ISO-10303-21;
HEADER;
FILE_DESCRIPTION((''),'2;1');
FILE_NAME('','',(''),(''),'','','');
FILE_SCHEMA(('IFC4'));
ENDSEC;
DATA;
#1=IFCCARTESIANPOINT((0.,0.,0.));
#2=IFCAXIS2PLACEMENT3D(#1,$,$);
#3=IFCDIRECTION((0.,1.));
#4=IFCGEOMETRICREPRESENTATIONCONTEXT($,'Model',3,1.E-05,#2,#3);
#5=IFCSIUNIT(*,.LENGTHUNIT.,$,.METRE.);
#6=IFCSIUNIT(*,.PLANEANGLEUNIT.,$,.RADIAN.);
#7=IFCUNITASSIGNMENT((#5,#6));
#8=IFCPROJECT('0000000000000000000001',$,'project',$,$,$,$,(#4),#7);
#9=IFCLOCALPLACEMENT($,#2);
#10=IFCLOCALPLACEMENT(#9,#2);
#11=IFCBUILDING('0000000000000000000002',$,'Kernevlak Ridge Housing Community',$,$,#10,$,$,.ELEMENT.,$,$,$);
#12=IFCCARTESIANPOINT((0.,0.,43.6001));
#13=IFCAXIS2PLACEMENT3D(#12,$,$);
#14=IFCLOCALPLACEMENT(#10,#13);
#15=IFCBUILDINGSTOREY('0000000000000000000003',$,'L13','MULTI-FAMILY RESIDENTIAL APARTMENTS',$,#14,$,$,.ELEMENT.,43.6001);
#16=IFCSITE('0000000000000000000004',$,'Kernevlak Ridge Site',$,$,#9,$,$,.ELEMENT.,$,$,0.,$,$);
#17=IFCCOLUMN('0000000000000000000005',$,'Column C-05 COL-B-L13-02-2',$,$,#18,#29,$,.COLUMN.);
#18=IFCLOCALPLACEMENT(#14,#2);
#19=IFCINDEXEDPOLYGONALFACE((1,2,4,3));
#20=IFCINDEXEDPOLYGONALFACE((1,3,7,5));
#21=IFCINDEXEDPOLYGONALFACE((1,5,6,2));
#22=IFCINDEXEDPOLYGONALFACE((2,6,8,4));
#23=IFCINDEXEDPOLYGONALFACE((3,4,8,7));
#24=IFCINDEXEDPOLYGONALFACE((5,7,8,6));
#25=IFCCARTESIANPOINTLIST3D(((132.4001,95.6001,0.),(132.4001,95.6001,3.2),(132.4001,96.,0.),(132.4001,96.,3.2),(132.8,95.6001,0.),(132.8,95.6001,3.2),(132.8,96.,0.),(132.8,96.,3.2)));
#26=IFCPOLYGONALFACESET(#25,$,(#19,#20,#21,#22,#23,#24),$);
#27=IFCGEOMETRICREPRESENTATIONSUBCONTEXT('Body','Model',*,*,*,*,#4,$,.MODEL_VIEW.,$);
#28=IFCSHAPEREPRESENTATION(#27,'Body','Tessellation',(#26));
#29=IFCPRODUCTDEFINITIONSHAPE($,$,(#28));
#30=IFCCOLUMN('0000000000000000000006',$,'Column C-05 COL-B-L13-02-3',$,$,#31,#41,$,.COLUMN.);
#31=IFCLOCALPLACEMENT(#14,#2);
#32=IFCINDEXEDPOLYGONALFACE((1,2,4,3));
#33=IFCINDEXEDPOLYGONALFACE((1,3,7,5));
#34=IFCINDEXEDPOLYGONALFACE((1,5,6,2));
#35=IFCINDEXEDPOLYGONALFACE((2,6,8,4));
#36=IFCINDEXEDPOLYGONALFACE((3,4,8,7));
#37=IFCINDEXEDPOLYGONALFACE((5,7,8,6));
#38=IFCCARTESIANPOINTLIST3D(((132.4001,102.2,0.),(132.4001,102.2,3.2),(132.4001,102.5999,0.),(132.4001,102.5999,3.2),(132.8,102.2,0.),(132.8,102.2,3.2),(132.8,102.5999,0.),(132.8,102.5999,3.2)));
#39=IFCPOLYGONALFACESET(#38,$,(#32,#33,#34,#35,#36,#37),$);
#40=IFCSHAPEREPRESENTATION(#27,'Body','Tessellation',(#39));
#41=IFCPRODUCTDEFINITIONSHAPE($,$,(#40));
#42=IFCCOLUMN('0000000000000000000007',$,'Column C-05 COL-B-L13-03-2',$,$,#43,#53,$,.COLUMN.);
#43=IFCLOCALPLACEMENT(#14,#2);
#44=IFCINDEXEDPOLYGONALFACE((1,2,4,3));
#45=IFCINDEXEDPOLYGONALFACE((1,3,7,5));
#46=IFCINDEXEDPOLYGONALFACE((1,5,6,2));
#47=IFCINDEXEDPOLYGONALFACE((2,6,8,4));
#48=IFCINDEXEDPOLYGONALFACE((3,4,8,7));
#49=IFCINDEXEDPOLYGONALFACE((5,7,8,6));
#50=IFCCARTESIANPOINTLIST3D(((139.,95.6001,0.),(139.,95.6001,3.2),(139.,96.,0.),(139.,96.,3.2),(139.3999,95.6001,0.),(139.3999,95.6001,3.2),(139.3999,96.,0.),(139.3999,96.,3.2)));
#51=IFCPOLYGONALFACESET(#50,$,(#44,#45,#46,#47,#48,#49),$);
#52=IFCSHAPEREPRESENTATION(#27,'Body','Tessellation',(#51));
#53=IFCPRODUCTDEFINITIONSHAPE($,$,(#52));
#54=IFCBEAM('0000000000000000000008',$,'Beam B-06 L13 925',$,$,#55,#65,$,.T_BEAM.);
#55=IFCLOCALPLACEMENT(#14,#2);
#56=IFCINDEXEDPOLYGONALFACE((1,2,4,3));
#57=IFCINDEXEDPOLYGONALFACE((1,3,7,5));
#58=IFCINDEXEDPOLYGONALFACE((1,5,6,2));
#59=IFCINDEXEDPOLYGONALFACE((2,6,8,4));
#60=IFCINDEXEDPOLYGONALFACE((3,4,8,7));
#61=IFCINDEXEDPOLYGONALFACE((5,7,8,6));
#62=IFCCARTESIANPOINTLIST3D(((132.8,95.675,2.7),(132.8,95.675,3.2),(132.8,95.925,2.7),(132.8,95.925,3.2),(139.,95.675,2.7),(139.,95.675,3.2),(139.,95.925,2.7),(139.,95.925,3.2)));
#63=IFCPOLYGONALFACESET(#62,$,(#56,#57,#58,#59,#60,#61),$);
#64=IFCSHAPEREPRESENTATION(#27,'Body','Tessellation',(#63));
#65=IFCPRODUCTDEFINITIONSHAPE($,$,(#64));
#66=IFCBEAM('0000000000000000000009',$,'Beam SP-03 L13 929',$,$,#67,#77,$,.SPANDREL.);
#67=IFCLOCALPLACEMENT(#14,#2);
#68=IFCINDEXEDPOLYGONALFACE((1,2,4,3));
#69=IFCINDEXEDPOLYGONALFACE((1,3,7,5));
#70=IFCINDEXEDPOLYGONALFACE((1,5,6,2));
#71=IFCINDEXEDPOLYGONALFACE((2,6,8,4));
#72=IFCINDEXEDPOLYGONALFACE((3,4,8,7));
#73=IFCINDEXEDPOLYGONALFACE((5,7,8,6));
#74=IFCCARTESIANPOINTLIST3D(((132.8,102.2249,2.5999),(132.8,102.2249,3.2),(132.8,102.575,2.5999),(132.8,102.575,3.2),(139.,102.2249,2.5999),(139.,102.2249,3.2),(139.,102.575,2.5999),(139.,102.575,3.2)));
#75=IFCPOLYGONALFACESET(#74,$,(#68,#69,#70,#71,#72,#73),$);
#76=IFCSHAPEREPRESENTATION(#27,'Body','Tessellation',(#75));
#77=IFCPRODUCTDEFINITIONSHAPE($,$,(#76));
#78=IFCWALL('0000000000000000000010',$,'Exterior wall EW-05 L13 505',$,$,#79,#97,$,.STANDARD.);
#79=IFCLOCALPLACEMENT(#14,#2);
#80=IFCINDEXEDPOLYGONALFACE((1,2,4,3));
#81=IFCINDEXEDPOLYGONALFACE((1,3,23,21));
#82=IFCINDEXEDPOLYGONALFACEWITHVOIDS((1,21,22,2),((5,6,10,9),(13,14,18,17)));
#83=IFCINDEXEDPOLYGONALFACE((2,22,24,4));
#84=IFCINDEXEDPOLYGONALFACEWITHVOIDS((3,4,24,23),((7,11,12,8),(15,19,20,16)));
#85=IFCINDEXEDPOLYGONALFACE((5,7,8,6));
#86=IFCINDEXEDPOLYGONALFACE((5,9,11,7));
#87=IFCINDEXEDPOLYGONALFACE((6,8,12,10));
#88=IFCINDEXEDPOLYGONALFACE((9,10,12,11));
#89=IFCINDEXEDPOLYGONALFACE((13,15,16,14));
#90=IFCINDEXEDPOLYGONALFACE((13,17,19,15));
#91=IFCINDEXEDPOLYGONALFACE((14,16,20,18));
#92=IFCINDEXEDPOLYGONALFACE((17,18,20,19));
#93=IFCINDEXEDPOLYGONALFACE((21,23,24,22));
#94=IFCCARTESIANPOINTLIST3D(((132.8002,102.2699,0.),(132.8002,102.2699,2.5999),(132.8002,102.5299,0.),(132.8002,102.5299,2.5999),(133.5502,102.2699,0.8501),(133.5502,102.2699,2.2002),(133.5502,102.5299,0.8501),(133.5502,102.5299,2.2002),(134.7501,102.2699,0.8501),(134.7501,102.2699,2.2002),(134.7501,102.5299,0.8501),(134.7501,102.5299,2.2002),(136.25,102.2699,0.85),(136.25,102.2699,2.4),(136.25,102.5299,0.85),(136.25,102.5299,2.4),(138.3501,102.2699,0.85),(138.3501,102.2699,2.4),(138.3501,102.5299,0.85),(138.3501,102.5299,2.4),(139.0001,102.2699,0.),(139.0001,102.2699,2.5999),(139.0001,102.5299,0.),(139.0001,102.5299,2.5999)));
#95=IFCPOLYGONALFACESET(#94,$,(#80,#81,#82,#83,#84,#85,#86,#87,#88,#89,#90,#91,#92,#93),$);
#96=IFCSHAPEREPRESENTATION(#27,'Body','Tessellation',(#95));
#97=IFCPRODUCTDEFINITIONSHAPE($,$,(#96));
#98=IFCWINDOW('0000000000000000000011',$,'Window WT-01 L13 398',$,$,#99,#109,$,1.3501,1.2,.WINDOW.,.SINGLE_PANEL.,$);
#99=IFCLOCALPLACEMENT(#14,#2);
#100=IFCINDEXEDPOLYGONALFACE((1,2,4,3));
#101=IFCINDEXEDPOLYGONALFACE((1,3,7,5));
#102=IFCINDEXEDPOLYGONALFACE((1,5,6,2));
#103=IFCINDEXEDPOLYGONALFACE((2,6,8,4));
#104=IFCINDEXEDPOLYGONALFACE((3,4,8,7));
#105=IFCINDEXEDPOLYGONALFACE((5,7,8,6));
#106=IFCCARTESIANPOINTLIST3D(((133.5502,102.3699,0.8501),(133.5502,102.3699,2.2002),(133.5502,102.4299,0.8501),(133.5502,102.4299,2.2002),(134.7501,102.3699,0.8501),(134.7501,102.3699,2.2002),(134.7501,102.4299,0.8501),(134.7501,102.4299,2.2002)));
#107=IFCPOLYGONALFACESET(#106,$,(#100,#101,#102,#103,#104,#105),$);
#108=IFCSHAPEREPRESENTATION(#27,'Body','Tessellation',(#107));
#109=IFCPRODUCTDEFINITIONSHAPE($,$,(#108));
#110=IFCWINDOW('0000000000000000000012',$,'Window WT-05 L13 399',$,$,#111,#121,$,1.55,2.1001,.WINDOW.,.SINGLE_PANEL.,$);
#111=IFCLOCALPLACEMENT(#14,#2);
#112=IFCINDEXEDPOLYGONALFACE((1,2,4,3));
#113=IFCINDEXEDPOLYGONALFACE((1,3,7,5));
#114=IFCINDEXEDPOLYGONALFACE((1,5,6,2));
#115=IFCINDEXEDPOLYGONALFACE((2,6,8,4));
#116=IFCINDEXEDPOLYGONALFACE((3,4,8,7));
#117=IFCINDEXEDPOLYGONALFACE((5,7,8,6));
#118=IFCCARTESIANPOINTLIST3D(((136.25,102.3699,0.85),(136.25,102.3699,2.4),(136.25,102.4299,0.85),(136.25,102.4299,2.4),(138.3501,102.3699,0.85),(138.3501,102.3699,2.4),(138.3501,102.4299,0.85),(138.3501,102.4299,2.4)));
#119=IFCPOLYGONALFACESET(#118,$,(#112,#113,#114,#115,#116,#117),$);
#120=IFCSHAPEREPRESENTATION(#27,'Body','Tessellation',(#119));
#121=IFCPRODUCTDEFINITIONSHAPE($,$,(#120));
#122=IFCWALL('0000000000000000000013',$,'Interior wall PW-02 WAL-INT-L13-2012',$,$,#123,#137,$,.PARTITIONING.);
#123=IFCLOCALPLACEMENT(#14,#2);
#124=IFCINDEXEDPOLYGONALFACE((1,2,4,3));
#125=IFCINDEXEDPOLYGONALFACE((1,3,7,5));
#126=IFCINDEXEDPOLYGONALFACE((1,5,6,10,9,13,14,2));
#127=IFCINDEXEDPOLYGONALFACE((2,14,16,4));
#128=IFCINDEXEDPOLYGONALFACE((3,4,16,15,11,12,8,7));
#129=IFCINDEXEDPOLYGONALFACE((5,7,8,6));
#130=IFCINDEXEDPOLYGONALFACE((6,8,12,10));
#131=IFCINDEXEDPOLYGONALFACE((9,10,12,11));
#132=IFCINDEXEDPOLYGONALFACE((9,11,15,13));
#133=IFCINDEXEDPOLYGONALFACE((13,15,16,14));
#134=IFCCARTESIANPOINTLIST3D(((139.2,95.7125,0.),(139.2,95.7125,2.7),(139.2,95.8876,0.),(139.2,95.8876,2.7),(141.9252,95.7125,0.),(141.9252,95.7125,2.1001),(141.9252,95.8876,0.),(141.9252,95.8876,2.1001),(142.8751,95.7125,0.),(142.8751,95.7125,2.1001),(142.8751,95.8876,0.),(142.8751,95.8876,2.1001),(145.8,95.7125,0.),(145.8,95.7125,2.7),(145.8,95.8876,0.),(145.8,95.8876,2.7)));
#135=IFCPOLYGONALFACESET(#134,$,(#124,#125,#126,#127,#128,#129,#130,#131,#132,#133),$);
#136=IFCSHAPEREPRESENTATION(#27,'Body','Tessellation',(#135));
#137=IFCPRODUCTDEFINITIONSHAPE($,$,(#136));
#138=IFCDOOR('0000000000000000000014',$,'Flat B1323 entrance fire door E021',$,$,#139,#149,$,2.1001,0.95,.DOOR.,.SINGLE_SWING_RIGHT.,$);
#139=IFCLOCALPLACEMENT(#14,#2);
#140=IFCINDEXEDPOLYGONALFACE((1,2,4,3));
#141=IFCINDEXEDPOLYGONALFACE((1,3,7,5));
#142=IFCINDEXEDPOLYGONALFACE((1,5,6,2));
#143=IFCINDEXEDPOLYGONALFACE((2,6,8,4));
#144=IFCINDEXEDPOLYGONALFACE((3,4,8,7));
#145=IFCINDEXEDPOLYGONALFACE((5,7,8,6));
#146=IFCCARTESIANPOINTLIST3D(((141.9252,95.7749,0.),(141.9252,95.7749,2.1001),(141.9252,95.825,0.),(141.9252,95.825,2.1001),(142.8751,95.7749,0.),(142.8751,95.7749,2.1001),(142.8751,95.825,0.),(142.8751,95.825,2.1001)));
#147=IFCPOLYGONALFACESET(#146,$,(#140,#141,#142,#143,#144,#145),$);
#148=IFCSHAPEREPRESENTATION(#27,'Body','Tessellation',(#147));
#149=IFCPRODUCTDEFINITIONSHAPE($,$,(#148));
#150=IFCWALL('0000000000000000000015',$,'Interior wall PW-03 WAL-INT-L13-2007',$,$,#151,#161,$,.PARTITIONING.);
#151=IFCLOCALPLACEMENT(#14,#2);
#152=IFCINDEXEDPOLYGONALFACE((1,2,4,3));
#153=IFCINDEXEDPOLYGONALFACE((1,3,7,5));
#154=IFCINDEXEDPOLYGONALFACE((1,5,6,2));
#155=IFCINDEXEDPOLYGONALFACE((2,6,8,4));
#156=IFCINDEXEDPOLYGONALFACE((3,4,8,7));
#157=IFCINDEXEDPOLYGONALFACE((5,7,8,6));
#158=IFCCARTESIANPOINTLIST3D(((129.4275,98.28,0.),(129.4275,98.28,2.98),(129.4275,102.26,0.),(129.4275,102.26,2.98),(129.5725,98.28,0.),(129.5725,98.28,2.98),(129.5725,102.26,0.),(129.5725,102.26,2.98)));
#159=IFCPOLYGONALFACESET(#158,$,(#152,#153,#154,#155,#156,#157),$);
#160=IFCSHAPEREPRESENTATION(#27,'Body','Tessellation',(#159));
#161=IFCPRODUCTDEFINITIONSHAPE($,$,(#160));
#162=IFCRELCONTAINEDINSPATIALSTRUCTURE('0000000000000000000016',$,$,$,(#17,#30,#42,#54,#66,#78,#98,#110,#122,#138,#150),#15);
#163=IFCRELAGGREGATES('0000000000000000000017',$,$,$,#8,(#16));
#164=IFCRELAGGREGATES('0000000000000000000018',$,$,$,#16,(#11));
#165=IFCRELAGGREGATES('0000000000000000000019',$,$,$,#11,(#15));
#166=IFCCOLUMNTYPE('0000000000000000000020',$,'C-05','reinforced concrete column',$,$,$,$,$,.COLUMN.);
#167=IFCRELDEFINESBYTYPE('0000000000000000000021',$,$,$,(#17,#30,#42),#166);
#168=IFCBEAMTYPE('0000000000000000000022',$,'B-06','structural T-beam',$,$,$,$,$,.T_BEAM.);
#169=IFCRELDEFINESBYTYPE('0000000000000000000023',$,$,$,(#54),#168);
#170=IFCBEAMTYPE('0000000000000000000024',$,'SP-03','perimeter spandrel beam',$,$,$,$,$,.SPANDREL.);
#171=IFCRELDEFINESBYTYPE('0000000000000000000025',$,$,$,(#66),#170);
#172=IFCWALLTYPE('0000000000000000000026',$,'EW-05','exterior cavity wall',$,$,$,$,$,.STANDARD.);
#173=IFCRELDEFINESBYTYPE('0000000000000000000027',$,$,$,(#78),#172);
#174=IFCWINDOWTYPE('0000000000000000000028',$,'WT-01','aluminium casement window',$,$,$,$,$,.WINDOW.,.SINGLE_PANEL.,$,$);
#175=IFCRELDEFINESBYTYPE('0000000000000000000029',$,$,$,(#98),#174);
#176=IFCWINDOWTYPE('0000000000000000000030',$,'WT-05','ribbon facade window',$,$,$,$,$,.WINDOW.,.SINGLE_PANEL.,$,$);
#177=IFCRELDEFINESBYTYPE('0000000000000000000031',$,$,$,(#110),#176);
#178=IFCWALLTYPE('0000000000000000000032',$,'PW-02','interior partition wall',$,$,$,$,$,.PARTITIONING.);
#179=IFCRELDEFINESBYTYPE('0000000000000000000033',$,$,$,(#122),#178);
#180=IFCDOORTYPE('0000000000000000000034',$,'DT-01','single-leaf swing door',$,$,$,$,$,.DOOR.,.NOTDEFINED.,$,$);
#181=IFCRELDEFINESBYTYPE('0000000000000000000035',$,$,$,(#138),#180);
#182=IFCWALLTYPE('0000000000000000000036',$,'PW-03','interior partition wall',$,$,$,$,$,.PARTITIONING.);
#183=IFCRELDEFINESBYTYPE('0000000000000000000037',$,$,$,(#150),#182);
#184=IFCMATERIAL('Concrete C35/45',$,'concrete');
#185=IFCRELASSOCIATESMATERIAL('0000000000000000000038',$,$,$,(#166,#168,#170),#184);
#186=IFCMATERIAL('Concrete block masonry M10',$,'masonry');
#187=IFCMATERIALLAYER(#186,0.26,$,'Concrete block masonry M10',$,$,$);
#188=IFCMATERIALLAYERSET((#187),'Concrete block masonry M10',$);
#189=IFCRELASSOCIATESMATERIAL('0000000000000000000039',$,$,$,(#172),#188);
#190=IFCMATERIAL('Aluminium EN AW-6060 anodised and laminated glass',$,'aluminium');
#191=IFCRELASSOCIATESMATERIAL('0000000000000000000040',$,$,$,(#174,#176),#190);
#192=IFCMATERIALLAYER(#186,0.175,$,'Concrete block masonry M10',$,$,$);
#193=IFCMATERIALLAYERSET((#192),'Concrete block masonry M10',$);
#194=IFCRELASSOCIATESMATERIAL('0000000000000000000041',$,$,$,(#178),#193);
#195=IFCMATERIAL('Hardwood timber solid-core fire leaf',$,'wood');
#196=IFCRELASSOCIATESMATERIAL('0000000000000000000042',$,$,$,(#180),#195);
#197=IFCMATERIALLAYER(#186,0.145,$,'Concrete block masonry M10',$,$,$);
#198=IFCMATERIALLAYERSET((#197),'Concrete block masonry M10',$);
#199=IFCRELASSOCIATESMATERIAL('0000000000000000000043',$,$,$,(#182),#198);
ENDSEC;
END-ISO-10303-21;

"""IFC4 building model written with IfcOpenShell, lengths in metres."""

from ifc_helpers import new_model, si_unit, direction, frame, frame_2d, origin, origin_2d, place, context, subcontext, project, spatial, rectangle, extrude, material, layer, layer_set, material_profile, profile_set, type_object, element, fill, save


model = new_model("IFC4")

# Units and contexts
model_context = context("Model", 3, precision=1e-05, world=origin(), true_north=direction((0.0, 1.0)))
body_context = subcontext(model_context, "Body", "Model", "MODEL_VIEW")
ifc_project = project(units=[si_unit("LENGTHUNIT", "METRE"), si_unit("PLANEANGLEUNIT", "RADIAN")], contexts=[model_context])

# Site, building, storey
site_placement = place(None, origin())
site = spatial("IfcSite", under=ifc_project, at=site_placement, Name="Kernevlak Ridge Site", CompositionType="ELEMENT", RefElevation=0.0)
building_placement = place(site_placement, origin())
building = spatial("IfcBuilding", under=site, at=building_placement, Name="Kernevlak Ridge Housing Community", CompositionType="ELEMENT")
storey_placement = place(building_placement, frame((0.0, 0.0, 43.6001)))
storey = spatial("IfcBuildingStorey", under=building, at=storey_placement, Name="L13", Description="MULTI-FAMILY RESIDENTIAL APARTMENTS", CompositionType="ELEMENT", Elevation=43.6001)

# Columns
ifc_material_1 = material(Name="Concrete C35/45", Category="concrete")
ifc_material_profile_1 = material_profile(ifc_material_1, rectangle(XDim=0.3999, YDim=0.3999, at=origin_2d()), Name="RC 400x400")
ifc_profile_set_1 = profile_set([ifc_material_profile_1], Name="Concrete C35/45")
column_type = type_object("IfcColumnType", Name="C-05", Description="reinforced concrete column", PredefinedType="COLUMN", material=ifc_profile_set_1)
for number, where, z_axis, x_axis, name in (
    (1, (132.6001, 95.8, 0.0), (0.0, 0.0, 1.0), (1.0, 0.0, 0.0), "Column C-05 COL-B-L13-02-2"),
    (2, (132.6001, 102.3999, 0.0), (0.0, 0.0, 1.0), (1.0, 0.0, 0.0), "Column C-05 COL-B-L13-02-3"),
    (3, (139.2, 95.8, 0.0), (0.0, 0.0, 1.0), (1.0, 0.0, 0.0), "Column C-05 COL-B-L13-03-2"),
):
    element("IfcColumn", number, at=place(storey_placement, frame(where, z_axis=z_axis, x_axis=x_axis)), inside=storey, type_object=column_type, Name=name, PredefinedType="COLUMN", context=body_context, shape_type="SweptSolid", body=[
        extrude(rectangle(XDim=0.3999, YDim=0.3999, at=origin_2d()), origin(), (0.0, 0.0, 1.0), 3.2),
    ])

# Beams
ifc_material_profile_2 = material_profile(ifc_material_1, rectangle(XDim=0.25, YDim=0.5, at=origin_2d()), Name="RC 250x500")
ifc_profile_set_2 = profile_set([ifc_material_profile_2], Name="Concrete C35/45")
beam_type_1 = type_object("IfcBeamType", Name="B-06", Description="structural T-beam", PredefinedType="T_BEAM", material=ifc_profile_set_2)
beam_1_placement = place(storey_placement, frame((132.8, 95.8, 2.95), z_axis=(1.0, 0.0, 0.0), x_axis=(0.0, 1.0, 0.0)))
element("IfcBeam", 4, at=beam_1_placement, inside=storey, type_object=beam_type_1, Name="Beam B-06 L13 925", PredefinedType="T_BEAM", context=body_context, shape_type="SweptSolid", body=[
    extrude(rectangle(XDim=0.25, YDim=0.5, at=origin_2d()), origin(), (0.0, 0.0, 1.0), 6.2),
])
ifc_material_profile_3 = material_profile(ifc_material_1, rectangle(XDim=0.3501, YDim=0.6001, at=origin_2d()), Name="RC 350x600")
ifc_profile_set_3 = profile_set([ifc_material_profile_3], Name="Concrete C35/45")
beam_type_2 = type_object("IfcBeamType", Name="SP-03", Description="perimeter spandrel beam", PredefinedType="SPANDREL", material=ifc_profile_set_3)
beam_2_placement = place(storey_placement, frame((132.8, 102.3999, 2.8999), z_axis=(1.0, 0.0, 0.0), x_axis=(0.0, 1.0, 0.0)))
element("IfcBeam", 5, at=beam_2_placement, inside=storey, type_object=beam_type_2, Name="Beam SP-03 L13 929", PredefinedType="SPANDREL", context=body_context, shape_type="SweptSolid", body=[
    extrude(rectangle(XDim=0.3501, YDim=0.6001, at=origin_2d()), origin(), (0.0, 0.0, 1.0), 6.2),
])

# Wall, openings, windows
ifc_material_2 = material(Name="Concrete block masonry M10", Category="masonry")
ifc_layer_1 = layer(ifc_material_2, 0.26, Name="Concrete block masonry M10")
ifc_layer_set_1 = layer_set([ifc_layer_1], Name="Concrete block masonry M10")
wall_type_1 = type_object("IfcWallType", Name="EW-05", Description="exterior cavity wall", PredefinedType="STANDARD", material=ifc_layer_set_1)
wall_1_placement = place(storey_placement, frame((132.8, 102.3999, 0.0), z_axis=(0.0, 0.0, 1.0), x_axis=(1.0, 0.0, 0.0)))
wall_1 = element("IfcWall", 6, at=wall_1_placement, inside=storey, type_object=wall_type_1, Name="Exterior wall EW-05 L13 505", PredefinedType="STANDARD", context=body_context, shape_type="SweptSolid", body=[
    extrude(rectangle(XDim=6.2, YDim=0.26, at=frame_2d((3.1001, 0.0))), origin(), (0.0, 0.0, 1.0), 2.5999),
])
opening_1_placement = place(wall_1_placement, frame((0.75, 0.0, 0.8501)))
opening_1 = element("IfcOpeningElement", 7, at=opening_1_placement, cuts=wall_1, PredefinedType="OPENING", context=body_context, shape_type="SweptSolid", body=[
    extrude(rectangle(XDim=1.2, YDim=1.3501, at=frame_2d((0.6001, 0.675))), frame((0.0, 0.1399, 0.0), z_axis=(0.0, -1.0, 0.0), x_axis=(1.0, 0.0, 0.0)), (0.0, 0.0, 1.0), 0.28),
])
opening_2_placement = place(wall_1_placement, frame((3.45, 0.0, 0.8501)))
opening_2 = element("IfcOpeningElement", 8, at=opening_2_placement, cuts=wall_1, PredefinedType="OPENING", context=body_context, shape_type="SweptSolid", body=[
    extrude(rectangle(XDim=2.1001, YDim=1.55, at=frame_2d((1.05, 0.7749))), frame((0.0, 0.1399, 0.0), z_axis=(0.0, -1.0, 0.0), x_axis=(1.0, 0.0, 0.0)), (0.0, 0.0, 1.0), 0.28),
])
ifc_material_3 = material(Name="Aluminium EN AW-6060 anodised and laminated glass", Category="aluminium")
window_type_1 = type_object("IfcWindowType", Name="WT-01", Description="aluminium casement window", PartitioningType="SINGLE_PANEL", PredefinedType="WINDOW", material=ifc_material_3)
window_1_placement = place(opening_1_placement, origin())
window_1 = element("IfcWindow", 9, at=window_1_placement, inside=storey, type_object=window_type_1, Name="Window WT-01 L13 398", OverallHeight=1.3501, OverallWidth=1.2, PartitioningType="SINGLE_PANEL", PredefinedType="WINDOW", context=body_context, shape_type="SweptSolid", body=[
    extrude(rectangle(XDim=1.2, YDim=1.3501, at=frame_2d((0.6001, 0.675))), frame((0.0, 0.03, 0.0), z_axis=(0.0, -1.0, 0.0), x_axis=(1.0, 0.0, 0.0)), (0.0, 0.0, 1.0), 0.0601),
])
fill(opening_1, window_1)
window_type_2 = type_object("IfcWindowType", Name="WT-05", Description="ribbon facade window", PartitioningType="SINGLE_PANEL", PredefinedType="WINDOW", material=ifc_material_3)
window_2_placement = place(opening_2_placement, origin())
window_2 = element("IfcWindow", 10, at=window_2_placement, inside=storey, type_object=window_type_2, Name="Window WT-05 L13 399", OverallHeight=1.55, OverallWidth=2.1001, PartitioningType="SINGLE_PANEL", PredefinedType="WINDOW", context=body_context, shape_type="SweptSolid", body=[
    extrude(rectangle(XDim=2.1001, YDim=1.55, at=frame_2d((1.05, 0.7749))), frame((0.0, 0.03, 0.0), z_axis=(0.0, -1.0, 0.0), x_axis=(1.0, 0.0, 0.0)), (0.0, 0.0, 1.0), 0.0601),
])
fill(opening_2, window_2)

# Wall, opening, door
ifc_layer_2 = layer(ifc_material_2, 0.175, Name="Concrete block masonry M10")
ifc_layer_set_2 = layer_set([ifc_layer_2], Name="Concrete block masonry M10")
wall_type_2 = type_object("IfcWallType", Name="PW-02", Description="interior partition wall", PredefinedType="PARTITIONING", material=ifc_layer_set_2)
wall_2_placement = place(storey_placement, frame((139.2, 95.8, 0.0), z_axis=(0.0, 0.0, 1.0), x_axis=(1.0, 0.0, 0.0)))
wall_2 = element("IfcWall", 11, at=wall_2_placement, inside=storey, type_object=wall_type_2, Name="Interior wall PW-02 WAL-INT-L13-2012", PredefinedType="PARTITIONING", context=body_context, shape_type="SweptSolid", body=[
    extrude(rectangle(XDim=6.6001, YDim=0.175, at=frame_2d((3.3, 0.0))), origin(), (0.0, 0.0, 1.0), 2.7),
])
opening_3_placement = place(wall_2_placement, frame((2.7251, 0.0, 0.0)))
opening_3 = element("IfcOpeningElement", 12, at=opening_3_placement, cuts=wall_2, PredefinedType="OPENING", context=body_context, shape_type="SweptSolid", body=[
    extrude(rectangle(XDim=0.95, YDim=2.1001, at=frame_2d((0.4751, 1.05))), frame((0.0, 0.0974, 0.0), z_axis=(0.0, -1.0, 0.0), x_axis=(1.0, 0.0, 0.0)), (0.0, 0.0, 1.0), 0.1951),
])
ifc_material_4 = material(Name="Hardwood timber solid-core fire leaf", Category="wood")
door_type_1 = type_object("IfcDoorType", Name="DT-01", Description="single-leaf swing door", OperationType="NOTDEFINED", PredefinedType="DOOR", material=ifc_material_4)
door_1_placement = place(opening_3_placement, origin())
door_1 = element("IfcDoor", 13, at=door_1_placement, inside=storey, type_object=door_type_1, Name="Flat B1323 entrance fire door E021", OperationType="SINGLE_SWING_RIGHT", OverallHeight=2.1001, OverallWidth=0.95, PredefinedType="DOOR", context=body_context, shape_type="SweptSolid", body=[
    extrude(rectangle(XDim=0.95, YDim=2.1001, at=frame_2d((0.4751, 1.05))), frame((0.0, 0.0249, 0.0), z_axis=(0.0, -1.0, 0.0), x_axis=(1.0, 0.0, 0.0)), (0.0, 0.0, 1.0), 0.05),
])
fill(opening_3, door_1)

# Wall
ifc_layer_3 = layer(ifc_material_2, 0.145, Name="Concrete block masonry M10")
ifc_layer_set_3 = layer_set([ifc_layer_3], Name="Concrete block masonry M10")
wall_type_3 = type_object("IfcWallType", Name="PW-03", Description="interior partition wall", PredefinedType="PARTITIONING", material=ifc_layer_set_3)
wall_3_placement = place(storey_placement, frame((129.5, 98.28, 0.0), z_axis=(0.0, 0.0, 1.0), x_axis=(0.0, 1.0, 0.0)))
element("IfcWall", 14, at=wall_3_placement, inside=storey, type_object=wall_type_3, Name="Interior wall PW-03 WAL-INT-L13-2007", PredefinedType="PARTITIONING", context=body_context, shape_type="SweptSolid", body=[
    extrude(rectangle(XDim=3.98, YDim=0.145, at=frame_2d((1.99, 0.0))), origin(), (0.0, 0.0, 1.0), 2.98),
])

save(model, "model.ifc")
